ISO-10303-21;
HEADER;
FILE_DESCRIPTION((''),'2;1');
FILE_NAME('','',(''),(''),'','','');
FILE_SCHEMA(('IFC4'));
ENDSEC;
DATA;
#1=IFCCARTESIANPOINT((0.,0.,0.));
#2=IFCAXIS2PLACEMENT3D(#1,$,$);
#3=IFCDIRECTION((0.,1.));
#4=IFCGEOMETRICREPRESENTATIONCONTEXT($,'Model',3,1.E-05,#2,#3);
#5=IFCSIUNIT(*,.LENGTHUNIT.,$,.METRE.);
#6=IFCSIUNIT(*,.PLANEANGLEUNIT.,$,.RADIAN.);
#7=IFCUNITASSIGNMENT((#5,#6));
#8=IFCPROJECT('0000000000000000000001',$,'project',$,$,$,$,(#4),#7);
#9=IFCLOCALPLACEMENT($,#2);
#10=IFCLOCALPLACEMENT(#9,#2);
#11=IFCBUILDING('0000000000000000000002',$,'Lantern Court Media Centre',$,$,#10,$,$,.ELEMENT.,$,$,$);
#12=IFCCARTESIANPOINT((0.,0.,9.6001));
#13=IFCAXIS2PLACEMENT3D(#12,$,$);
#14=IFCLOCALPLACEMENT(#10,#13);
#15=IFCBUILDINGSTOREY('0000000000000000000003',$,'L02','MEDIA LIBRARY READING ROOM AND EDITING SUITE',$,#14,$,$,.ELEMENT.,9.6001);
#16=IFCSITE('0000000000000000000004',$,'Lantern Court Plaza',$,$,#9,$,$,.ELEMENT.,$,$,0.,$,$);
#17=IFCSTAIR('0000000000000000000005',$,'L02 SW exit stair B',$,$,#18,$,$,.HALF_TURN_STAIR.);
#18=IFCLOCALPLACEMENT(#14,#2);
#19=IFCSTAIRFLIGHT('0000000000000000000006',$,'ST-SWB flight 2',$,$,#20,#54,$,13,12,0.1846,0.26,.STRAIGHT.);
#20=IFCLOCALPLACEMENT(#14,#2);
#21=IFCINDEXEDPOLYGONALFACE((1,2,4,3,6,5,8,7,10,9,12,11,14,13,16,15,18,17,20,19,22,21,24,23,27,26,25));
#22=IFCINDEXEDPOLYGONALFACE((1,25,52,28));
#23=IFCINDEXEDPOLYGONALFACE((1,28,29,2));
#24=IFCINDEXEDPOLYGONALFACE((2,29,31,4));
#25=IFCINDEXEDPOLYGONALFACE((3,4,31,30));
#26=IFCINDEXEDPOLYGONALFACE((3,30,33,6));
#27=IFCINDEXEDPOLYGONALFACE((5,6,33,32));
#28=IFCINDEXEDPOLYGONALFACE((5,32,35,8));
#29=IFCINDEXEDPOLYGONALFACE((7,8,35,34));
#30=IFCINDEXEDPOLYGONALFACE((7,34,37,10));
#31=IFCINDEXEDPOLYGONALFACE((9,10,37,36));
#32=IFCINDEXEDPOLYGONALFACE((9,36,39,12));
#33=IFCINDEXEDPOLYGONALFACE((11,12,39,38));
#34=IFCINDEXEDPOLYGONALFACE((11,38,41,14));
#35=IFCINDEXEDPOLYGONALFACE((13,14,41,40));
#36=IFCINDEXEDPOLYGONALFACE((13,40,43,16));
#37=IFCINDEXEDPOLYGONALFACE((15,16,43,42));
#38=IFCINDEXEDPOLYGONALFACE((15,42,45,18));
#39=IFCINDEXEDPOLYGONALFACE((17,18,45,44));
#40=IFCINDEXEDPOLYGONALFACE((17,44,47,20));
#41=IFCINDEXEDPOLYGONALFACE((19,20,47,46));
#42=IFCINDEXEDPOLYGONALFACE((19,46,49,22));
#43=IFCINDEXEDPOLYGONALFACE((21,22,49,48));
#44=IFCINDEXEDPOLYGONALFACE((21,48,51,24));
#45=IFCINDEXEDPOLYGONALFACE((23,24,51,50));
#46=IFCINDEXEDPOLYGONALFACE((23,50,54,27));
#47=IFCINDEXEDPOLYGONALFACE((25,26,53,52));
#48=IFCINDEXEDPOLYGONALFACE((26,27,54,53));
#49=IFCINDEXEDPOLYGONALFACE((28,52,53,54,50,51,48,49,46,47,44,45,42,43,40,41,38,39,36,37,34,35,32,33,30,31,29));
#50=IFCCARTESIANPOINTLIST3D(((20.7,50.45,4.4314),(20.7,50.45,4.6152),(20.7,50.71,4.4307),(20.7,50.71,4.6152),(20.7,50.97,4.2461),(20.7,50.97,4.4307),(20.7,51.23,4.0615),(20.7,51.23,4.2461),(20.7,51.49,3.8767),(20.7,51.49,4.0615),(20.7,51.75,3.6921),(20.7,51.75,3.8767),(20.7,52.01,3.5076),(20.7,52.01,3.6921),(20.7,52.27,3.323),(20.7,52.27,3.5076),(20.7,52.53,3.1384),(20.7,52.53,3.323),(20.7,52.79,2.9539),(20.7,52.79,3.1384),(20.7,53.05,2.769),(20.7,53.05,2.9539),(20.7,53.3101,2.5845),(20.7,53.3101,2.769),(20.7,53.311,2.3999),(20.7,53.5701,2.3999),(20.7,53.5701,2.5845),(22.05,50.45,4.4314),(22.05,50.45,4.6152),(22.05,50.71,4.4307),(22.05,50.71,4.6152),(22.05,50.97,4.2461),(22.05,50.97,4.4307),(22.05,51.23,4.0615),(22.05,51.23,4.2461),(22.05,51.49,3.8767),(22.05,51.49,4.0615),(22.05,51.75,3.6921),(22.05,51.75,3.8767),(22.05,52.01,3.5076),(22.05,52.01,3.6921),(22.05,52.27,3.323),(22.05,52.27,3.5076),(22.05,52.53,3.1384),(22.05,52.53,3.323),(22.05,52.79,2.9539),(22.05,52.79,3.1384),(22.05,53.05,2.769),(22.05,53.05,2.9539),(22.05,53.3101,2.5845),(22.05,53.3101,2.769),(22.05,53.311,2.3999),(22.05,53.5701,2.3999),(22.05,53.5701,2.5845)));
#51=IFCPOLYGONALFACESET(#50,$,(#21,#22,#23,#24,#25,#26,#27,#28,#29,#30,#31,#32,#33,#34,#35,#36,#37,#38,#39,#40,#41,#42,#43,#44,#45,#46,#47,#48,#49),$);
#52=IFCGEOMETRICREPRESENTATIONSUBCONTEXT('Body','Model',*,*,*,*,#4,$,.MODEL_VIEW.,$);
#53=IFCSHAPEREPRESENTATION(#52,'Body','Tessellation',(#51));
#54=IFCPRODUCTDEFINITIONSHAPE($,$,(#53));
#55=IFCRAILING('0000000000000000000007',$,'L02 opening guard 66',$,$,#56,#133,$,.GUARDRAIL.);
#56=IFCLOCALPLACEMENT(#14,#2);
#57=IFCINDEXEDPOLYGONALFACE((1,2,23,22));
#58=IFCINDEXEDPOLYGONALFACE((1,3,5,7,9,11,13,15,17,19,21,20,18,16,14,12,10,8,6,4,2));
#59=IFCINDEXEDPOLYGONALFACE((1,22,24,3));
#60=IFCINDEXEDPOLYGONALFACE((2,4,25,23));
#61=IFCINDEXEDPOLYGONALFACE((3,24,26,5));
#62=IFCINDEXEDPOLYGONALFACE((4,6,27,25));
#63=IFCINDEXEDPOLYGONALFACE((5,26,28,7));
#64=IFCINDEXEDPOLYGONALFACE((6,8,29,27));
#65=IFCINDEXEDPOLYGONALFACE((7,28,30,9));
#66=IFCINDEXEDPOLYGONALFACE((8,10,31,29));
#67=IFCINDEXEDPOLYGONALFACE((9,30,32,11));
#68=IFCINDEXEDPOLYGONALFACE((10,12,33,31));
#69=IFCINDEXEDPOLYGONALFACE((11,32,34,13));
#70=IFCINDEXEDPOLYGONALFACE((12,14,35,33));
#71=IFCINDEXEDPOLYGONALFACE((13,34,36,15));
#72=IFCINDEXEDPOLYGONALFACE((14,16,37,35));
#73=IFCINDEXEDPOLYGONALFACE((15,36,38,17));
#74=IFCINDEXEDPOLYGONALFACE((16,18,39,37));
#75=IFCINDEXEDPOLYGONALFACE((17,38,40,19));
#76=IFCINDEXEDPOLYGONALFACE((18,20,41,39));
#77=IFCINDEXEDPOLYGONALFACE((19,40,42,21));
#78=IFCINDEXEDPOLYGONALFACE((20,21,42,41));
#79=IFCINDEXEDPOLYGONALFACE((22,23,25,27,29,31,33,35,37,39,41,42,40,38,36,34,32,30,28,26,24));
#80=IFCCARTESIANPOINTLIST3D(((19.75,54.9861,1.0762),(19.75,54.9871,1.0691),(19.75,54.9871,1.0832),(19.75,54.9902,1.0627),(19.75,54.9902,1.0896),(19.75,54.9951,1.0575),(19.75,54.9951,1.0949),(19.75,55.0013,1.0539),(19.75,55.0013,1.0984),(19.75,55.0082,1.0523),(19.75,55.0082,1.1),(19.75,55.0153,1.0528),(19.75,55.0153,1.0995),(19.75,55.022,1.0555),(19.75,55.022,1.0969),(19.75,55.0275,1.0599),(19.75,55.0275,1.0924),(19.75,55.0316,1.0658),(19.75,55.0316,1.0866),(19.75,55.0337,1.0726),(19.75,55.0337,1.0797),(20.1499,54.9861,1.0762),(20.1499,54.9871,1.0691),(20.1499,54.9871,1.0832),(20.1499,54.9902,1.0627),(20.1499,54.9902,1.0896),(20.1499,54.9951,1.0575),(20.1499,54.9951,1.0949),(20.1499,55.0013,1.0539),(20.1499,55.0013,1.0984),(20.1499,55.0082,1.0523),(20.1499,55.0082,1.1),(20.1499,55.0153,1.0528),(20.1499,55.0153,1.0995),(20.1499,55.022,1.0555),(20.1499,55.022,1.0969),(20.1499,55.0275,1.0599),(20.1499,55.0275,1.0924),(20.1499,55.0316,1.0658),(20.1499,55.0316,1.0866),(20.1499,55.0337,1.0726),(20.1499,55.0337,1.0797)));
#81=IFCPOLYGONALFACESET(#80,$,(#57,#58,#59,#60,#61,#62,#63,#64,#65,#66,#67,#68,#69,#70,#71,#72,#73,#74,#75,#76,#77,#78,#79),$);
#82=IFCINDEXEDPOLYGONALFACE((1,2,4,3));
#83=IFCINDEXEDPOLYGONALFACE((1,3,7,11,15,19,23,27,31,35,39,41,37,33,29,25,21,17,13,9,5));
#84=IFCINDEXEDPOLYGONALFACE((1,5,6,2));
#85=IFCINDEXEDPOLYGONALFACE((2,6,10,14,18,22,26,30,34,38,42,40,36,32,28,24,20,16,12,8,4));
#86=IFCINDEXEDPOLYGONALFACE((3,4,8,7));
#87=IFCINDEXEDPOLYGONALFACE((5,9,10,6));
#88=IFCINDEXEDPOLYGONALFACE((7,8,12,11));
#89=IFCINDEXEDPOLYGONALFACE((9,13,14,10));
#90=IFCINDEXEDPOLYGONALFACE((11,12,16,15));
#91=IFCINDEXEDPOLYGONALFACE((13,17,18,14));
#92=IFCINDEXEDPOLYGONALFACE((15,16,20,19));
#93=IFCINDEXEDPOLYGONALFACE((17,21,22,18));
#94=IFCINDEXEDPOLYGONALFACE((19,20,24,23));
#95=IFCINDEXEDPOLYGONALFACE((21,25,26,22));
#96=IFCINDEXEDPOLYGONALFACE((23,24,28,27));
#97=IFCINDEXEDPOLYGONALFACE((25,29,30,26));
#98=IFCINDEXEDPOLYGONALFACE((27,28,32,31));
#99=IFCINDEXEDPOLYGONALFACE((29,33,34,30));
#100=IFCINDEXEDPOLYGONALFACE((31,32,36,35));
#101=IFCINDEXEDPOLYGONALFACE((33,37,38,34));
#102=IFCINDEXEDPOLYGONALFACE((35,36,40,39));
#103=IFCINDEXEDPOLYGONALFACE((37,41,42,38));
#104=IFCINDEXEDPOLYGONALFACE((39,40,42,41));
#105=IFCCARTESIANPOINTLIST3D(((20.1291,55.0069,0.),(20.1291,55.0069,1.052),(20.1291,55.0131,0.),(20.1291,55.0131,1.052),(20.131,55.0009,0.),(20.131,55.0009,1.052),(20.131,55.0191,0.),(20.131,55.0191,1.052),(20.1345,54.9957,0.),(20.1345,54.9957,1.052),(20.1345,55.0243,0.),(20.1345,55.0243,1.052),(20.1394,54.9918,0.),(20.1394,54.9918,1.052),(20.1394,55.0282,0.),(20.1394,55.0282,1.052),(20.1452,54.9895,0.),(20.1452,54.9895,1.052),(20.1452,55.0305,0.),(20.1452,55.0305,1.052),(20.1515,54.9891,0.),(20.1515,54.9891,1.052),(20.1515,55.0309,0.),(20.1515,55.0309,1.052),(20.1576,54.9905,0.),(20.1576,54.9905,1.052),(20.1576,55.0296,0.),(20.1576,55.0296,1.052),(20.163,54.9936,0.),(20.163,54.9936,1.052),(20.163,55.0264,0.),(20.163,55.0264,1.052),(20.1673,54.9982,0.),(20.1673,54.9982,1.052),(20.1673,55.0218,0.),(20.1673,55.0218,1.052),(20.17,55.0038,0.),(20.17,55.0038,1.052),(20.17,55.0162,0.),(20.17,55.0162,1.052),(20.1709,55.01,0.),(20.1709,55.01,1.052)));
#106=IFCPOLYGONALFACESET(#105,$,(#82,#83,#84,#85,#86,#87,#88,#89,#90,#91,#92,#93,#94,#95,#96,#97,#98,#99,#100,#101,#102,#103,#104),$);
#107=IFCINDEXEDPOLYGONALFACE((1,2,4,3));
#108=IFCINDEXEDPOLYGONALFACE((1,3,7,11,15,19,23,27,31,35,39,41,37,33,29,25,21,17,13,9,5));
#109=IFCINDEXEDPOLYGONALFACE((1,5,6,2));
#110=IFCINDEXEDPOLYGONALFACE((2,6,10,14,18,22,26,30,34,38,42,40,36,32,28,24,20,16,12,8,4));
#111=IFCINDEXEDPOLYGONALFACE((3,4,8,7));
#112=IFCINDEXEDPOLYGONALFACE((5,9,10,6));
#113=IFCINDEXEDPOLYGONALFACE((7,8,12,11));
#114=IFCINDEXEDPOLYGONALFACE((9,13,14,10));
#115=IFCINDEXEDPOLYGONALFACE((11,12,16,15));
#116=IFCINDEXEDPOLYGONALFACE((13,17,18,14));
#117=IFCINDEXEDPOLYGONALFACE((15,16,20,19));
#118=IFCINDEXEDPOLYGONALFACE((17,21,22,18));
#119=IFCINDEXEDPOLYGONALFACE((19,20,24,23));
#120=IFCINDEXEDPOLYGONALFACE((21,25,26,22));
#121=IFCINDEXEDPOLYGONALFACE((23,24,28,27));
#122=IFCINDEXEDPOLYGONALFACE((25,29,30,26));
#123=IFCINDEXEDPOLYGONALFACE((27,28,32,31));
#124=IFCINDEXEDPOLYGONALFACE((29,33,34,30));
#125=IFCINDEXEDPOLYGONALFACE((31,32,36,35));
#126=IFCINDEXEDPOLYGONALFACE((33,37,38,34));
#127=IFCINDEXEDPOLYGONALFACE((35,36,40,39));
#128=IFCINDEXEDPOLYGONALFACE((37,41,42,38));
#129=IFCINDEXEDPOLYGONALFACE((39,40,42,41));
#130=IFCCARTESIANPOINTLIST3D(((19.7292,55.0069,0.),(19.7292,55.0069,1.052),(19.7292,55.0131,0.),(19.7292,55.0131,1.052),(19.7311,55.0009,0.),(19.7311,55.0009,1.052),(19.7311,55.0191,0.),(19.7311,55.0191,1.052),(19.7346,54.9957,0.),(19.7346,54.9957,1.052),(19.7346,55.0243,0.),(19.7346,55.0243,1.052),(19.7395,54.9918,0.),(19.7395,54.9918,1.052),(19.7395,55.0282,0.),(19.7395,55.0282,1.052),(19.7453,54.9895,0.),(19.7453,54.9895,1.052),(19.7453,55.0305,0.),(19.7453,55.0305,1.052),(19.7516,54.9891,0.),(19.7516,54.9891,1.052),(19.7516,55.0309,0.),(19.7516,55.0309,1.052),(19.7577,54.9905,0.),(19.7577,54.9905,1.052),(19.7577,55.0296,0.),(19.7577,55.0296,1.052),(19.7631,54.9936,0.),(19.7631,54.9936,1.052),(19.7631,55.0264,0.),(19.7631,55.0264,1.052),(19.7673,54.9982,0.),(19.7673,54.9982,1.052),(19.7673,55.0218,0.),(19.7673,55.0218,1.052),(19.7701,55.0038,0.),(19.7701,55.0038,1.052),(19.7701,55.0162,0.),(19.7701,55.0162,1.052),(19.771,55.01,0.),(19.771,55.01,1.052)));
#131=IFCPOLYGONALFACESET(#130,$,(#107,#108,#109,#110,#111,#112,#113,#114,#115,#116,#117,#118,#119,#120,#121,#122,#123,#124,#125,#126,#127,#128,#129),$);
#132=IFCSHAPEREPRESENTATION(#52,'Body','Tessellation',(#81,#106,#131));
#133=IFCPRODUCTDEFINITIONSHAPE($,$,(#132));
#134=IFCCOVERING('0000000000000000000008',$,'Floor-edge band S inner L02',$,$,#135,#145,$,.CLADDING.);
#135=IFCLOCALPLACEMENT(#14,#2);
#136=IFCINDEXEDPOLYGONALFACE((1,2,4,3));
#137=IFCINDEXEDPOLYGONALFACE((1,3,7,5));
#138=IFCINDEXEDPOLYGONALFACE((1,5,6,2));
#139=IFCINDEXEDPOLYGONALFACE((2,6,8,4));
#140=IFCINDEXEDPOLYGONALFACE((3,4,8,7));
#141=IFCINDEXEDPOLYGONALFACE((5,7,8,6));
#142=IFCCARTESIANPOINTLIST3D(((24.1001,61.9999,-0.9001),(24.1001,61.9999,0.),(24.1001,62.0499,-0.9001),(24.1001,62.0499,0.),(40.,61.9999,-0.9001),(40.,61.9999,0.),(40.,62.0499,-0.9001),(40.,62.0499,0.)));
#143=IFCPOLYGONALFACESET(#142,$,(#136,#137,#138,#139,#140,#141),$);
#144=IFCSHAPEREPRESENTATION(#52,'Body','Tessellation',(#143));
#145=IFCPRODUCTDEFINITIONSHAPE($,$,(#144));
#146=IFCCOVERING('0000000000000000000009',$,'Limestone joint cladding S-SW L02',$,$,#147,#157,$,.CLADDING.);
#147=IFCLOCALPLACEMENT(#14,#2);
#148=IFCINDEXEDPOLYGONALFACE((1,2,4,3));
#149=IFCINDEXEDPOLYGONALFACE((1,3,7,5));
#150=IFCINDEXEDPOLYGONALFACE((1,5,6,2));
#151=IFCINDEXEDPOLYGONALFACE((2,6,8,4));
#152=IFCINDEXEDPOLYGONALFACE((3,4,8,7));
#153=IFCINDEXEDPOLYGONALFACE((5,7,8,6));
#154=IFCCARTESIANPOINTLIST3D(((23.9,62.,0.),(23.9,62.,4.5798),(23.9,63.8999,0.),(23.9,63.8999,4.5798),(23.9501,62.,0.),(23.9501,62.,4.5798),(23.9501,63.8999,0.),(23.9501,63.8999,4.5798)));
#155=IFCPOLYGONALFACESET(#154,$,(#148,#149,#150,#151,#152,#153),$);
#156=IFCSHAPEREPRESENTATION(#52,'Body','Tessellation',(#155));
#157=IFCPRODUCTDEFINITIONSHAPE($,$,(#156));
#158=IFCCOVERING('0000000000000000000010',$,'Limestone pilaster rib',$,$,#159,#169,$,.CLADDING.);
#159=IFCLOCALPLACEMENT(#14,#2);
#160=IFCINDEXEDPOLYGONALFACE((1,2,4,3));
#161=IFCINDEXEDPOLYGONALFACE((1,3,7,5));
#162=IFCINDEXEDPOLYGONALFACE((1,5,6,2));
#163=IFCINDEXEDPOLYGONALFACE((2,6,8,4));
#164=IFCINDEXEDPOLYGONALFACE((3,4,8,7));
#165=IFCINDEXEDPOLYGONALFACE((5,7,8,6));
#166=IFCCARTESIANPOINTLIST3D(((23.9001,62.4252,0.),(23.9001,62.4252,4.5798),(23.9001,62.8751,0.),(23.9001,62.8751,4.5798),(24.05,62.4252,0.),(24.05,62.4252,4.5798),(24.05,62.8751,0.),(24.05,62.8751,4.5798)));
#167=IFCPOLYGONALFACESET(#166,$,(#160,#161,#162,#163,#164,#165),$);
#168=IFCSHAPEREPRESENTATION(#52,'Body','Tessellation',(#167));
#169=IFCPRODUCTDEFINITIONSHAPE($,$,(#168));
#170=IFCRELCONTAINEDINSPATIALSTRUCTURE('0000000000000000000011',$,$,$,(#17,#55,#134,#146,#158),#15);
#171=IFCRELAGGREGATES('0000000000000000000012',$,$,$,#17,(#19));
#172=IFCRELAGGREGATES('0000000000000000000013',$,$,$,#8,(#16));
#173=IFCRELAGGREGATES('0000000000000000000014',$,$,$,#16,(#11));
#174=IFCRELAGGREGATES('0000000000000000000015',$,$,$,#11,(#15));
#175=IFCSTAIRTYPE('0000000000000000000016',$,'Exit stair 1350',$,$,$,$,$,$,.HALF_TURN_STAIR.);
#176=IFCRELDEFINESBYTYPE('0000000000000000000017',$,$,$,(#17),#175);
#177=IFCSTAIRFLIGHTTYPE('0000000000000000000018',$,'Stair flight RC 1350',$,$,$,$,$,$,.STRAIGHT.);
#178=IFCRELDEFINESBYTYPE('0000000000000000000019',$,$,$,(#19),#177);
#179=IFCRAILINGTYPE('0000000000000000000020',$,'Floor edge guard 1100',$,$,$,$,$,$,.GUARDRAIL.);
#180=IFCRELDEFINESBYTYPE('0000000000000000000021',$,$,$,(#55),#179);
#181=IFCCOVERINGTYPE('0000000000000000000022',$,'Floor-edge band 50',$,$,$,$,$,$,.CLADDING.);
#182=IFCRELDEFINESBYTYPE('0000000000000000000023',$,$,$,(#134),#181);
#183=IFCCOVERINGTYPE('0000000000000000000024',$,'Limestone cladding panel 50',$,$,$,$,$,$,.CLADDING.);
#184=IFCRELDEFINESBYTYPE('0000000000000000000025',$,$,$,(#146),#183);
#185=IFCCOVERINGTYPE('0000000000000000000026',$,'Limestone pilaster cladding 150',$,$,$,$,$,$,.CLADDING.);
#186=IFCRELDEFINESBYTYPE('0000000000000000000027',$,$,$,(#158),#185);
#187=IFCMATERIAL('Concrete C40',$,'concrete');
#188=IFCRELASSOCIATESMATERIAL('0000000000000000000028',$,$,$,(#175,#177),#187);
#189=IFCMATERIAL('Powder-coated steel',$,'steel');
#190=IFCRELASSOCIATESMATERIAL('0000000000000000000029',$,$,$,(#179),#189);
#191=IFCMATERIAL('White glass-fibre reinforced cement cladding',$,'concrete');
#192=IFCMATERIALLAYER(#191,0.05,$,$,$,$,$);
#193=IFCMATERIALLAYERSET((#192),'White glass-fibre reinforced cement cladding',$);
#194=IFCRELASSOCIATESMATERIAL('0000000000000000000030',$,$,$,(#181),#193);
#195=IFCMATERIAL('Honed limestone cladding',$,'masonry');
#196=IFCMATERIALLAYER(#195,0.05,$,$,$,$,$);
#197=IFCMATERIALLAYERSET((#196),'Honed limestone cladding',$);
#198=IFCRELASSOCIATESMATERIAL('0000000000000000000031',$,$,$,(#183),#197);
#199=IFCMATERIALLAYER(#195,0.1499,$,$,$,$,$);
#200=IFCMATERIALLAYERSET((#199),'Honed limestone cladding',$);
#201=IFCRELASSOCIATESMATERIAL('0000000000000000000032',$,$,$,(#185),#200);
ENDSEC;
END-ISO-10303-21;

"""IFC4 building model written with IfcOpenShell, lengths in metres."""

from ifc_helpers import new_model, si_unit, direction, frame, frame_2d, origin, origin_2d, place, context, subcontext, project, spatial, polyline, rectangle, circle, outline, extrude, material, layer, layer_set, type_object, element, aggregate, save


model = new_model("IFC4")

# Units and contexts
model_context = context("Model", 3, precision=1e-05, world=origin(), true_north=direction((0.0, 1.0)))
body_context = subcontext(model_context, "Body", "Model", "MODEL_VIEW")
ifc_project = project(units=[si_unit("LENGTHUNIT", "METRE"), si_unit("PLANEANGLEUNIT", "RADIAN")], contexts=[model_context])

# Site, building, storey
site_placement = place(None, origin())
site = spatial("IfcSite", under=ifc_project, at=site_placement, Name="Lantern Court Plaza", CompositionType="ELEMENT", RefElevation=0.0)
building_placement = place(site_placement, origin())
building = spatial("IfcBuilding", under=site, at=building_placement, Name="Lantern Court Media Centre", CompositionType="ELEMENT")
storey_placement = place(building_placement, frame((0.0, 0.0, 9.6001)))
storey = spatial("IfcBuildingStorey", under=building, at=storey_placement, Name="L02", Description="MEDIA LIBRARY READING ROOM AND EDITING SUITE", CompositionType="ELEMENT", Elevation=9.6001)

# Shared definitions
ifc_material_1 = material(Name="Concrete C40", Category="concrete")

# Stair, stair flight
stair_type = type_object("IfcStairType", Name="Exit stair 1350", PredefinedType="HALF_TURN_STAIR", material=ifc_material_1)
stair_flight_type = type_object("IfcStairFlightType", Name="Stair flight RC 1350", PredefinedType="STRAIGHT", material=ifc_material_1)
stair_1_placement = place(storey_placement, origin())
stair_1 = element("IfcStair", 1, at=stair_1_placement, inside=storey, type_object=stair_type, Name="L02 SW exit stair B", PredefinedType="HALF_TURN_STAIR")
stair_flight_1_placement = place(storey_placement, frame((21.375, 53.5701, 2.3999), z_axis=(0.0, 0.0, 1.0), x_axis=(0.0, -1.0, 0.0)))
stair_flight_1 = element("IfcStairFlight", 2, at=stair_flight_1_placement, type_object=stair_flight_type, Name="ST-SWB flight 2", NumberOfRisers=13, NumberOfTreads=12, PredefinedType="STRAIGHT", RiserHeight=0.1846, TreadLength=0.26, context=body_context, shape_type="SweptSolid", body=[
    extrude(outline(polyline([(0.0, 0.0), (0.0, 0.1846), (0.26, 0.1846), (0.26, 0.3691), (0.52, 0.3691), (0.52, 0.554), (0.78, 0.554), (0.78, 0.7385), (1.04, 0.7385), (1.04, 0.9231), (1.3, 0.9231), (1.3, 1.1077), (1.5601, 1.1077), (1.5601, 1.2922), (1.8201, 1.2922), (1.8201, 1.4768), (2.0801, 1.4768), (2.0801, 1.6616), (2.3401, 1.6616), (2.3401, 1.8462), (2.6001, 1.8462), (2.6001, 2.0308), (2.8601, 2.0308), (2.8601, 2.2153), (3.1201, 2.2153), (3.1201, 2.3999), (3.1201, 2.0315), (0.259, 0.0), (0.0, 0.0)])), frame((0.0, 0.675, 0.0), z_axis=(0.0, -1.0, 0.0), x_axis=(1.0, 0.0, 0.0)), (0.0, 0.0, 1.0), 1.3501),
])
aggregate(stair_1, [stair_flight_1])

# Railing
ifc_material_2 = material(Name="Powder-coated steel", Category="steel")
railing_type_1 = type_object("IfcRailingType", Name="Floor edge guard 1100", PredefinedType="GUARDRAIL", material=ifc_material_2)
railing_1_placement = place(storey_placement, frame((20.1499, 55.01, 0.0)))
element("IfcRailing", 3, at=railing_1_placement, inside=storey, type_object=railing_type_1, Name="L02 opening guard 66", PredefinedType="GUARDRAIL", context=body_context, shape_type="SweptSolid", body=[
    extrude(circle(Radius=0.0239, at=origin_2d()), frame((0.0, 0.0, 1.0762), z_axis=(-1.0, 0.0, 0.0), x_axis=(0.0, -1.0, 0.0)), (0.0, 0.0, 1.0), 0.3999),
    extrude(circle(Radius=0.021, at=origin_2d()), origin(), (0.0, 0.0, 1.0), 1.052),
    extrude(circle(Radius=0.021, at=origin_2d()), frame((-0.3999, 0.0, 0.0)), (0.0, 0.0, 1.0), 1.052),
])

# Covering
ifc_material_3 = material(Name="White glass-fibre reinforced cement cladding", Category="concrete")
ifc_layer_1 = layer(ifc_material_3, 0.05)
ifc_layer_set_1 = layer_set([ifc_layer_1], Name="White glass-fibre reinforced cement cladding")
covering_type_1 = type_object("IfcCoveringType", Name="Floor-edge band 50", PredefinedType="CLADDING", material=ifc_layer_set_1)
covering_1_placement = place(storey_placement, frame((24.1001, 62.0249, -0.9001), z_axis=(0.0, 0.0, 1.0), x_axis=(1.0, 0.0, 0.0)))
element("IfcCovering", 4, at=covering_1_placement, inside=storey, type_object=covering_type_1, Name="Floor-edge band S inner L02", PredefinedType="CLADDING", context=body_context, shape_type="SweptSolid", body=[
    extrude(rectangle(XDim=15.8999, YDim=0.05, at=frame_2d((7.95, 0.0))), origin(), (0.0, 0.0, 1.0), 0.9001),
])

# Coverings
ifc_material_4 = material(Name="Honed limestone cladding", Category="masonry")
ifc_layer_2 = layer(ifc_material_4, 0.05)
ifc_layer_set_2 = layer_set([ifc_layer_2], Name="Honed limestone cladding")
covering_type_2 = type_object("IfcCoveringType", Name="Limestone cladding panel 50", PredefinedType="CLADDING", material=ifc_layer_set_2)
covering_2_placement = place(storey_placement, frame((23.925, 62.0, 0.0), z_axis=(0.0, 0.0, 1.0), x_axis=(0.0, 1.0, 0.0)))
element("IfcCovering", 5, at=covering_2_placement, inside=storey, type_object=covering_type_2, Name="Limestone joint cladding S-SW L02", PredefinedType="CLADDING", context=body_context, shape_type="SweptSolid", body=[
    extrude(rectangle(XDim=1.8999, YDim=0.05, at=frame_2d((0.95, 0.0))), origin(), (0.0, 0.0, 1.0), 4.5798),
])
ifc_layer_3 = layer(ifc_material_4, 0.1499)
ifc_layer_set_3 = layer_set([ifc_layer_3], Name="Honed limestone cladding")
covering_type_3 = type_object("IfcCoveringType", Name="Limestone pilaster cladding 150", PredefinedType="CLADDING", material=ifc_layer_set_3)
covering_3_placement = place(storey_placement, frame((23.9751, 62.425, 0.0), z_axis=(0.0, 0.0, 1.0), x_axis=(0.0, 1.0, 0.0)))
element("IfcCovering", 6, at=covering_3_placement, inside=storey, type_object=covering_type_3, Name="Limestone pilaster rib", PredefinedType="CLADDING", context=body_context, shape_type="SweptSolid", body=[
    extrude(rectangle(XDim=0.45, YDim=0.1499, at=frame_2d((0.2251, 0.0))), origin(), (0.0, 0.0, 1.0), 4.5798),
])

save(model, "model.ifc")
